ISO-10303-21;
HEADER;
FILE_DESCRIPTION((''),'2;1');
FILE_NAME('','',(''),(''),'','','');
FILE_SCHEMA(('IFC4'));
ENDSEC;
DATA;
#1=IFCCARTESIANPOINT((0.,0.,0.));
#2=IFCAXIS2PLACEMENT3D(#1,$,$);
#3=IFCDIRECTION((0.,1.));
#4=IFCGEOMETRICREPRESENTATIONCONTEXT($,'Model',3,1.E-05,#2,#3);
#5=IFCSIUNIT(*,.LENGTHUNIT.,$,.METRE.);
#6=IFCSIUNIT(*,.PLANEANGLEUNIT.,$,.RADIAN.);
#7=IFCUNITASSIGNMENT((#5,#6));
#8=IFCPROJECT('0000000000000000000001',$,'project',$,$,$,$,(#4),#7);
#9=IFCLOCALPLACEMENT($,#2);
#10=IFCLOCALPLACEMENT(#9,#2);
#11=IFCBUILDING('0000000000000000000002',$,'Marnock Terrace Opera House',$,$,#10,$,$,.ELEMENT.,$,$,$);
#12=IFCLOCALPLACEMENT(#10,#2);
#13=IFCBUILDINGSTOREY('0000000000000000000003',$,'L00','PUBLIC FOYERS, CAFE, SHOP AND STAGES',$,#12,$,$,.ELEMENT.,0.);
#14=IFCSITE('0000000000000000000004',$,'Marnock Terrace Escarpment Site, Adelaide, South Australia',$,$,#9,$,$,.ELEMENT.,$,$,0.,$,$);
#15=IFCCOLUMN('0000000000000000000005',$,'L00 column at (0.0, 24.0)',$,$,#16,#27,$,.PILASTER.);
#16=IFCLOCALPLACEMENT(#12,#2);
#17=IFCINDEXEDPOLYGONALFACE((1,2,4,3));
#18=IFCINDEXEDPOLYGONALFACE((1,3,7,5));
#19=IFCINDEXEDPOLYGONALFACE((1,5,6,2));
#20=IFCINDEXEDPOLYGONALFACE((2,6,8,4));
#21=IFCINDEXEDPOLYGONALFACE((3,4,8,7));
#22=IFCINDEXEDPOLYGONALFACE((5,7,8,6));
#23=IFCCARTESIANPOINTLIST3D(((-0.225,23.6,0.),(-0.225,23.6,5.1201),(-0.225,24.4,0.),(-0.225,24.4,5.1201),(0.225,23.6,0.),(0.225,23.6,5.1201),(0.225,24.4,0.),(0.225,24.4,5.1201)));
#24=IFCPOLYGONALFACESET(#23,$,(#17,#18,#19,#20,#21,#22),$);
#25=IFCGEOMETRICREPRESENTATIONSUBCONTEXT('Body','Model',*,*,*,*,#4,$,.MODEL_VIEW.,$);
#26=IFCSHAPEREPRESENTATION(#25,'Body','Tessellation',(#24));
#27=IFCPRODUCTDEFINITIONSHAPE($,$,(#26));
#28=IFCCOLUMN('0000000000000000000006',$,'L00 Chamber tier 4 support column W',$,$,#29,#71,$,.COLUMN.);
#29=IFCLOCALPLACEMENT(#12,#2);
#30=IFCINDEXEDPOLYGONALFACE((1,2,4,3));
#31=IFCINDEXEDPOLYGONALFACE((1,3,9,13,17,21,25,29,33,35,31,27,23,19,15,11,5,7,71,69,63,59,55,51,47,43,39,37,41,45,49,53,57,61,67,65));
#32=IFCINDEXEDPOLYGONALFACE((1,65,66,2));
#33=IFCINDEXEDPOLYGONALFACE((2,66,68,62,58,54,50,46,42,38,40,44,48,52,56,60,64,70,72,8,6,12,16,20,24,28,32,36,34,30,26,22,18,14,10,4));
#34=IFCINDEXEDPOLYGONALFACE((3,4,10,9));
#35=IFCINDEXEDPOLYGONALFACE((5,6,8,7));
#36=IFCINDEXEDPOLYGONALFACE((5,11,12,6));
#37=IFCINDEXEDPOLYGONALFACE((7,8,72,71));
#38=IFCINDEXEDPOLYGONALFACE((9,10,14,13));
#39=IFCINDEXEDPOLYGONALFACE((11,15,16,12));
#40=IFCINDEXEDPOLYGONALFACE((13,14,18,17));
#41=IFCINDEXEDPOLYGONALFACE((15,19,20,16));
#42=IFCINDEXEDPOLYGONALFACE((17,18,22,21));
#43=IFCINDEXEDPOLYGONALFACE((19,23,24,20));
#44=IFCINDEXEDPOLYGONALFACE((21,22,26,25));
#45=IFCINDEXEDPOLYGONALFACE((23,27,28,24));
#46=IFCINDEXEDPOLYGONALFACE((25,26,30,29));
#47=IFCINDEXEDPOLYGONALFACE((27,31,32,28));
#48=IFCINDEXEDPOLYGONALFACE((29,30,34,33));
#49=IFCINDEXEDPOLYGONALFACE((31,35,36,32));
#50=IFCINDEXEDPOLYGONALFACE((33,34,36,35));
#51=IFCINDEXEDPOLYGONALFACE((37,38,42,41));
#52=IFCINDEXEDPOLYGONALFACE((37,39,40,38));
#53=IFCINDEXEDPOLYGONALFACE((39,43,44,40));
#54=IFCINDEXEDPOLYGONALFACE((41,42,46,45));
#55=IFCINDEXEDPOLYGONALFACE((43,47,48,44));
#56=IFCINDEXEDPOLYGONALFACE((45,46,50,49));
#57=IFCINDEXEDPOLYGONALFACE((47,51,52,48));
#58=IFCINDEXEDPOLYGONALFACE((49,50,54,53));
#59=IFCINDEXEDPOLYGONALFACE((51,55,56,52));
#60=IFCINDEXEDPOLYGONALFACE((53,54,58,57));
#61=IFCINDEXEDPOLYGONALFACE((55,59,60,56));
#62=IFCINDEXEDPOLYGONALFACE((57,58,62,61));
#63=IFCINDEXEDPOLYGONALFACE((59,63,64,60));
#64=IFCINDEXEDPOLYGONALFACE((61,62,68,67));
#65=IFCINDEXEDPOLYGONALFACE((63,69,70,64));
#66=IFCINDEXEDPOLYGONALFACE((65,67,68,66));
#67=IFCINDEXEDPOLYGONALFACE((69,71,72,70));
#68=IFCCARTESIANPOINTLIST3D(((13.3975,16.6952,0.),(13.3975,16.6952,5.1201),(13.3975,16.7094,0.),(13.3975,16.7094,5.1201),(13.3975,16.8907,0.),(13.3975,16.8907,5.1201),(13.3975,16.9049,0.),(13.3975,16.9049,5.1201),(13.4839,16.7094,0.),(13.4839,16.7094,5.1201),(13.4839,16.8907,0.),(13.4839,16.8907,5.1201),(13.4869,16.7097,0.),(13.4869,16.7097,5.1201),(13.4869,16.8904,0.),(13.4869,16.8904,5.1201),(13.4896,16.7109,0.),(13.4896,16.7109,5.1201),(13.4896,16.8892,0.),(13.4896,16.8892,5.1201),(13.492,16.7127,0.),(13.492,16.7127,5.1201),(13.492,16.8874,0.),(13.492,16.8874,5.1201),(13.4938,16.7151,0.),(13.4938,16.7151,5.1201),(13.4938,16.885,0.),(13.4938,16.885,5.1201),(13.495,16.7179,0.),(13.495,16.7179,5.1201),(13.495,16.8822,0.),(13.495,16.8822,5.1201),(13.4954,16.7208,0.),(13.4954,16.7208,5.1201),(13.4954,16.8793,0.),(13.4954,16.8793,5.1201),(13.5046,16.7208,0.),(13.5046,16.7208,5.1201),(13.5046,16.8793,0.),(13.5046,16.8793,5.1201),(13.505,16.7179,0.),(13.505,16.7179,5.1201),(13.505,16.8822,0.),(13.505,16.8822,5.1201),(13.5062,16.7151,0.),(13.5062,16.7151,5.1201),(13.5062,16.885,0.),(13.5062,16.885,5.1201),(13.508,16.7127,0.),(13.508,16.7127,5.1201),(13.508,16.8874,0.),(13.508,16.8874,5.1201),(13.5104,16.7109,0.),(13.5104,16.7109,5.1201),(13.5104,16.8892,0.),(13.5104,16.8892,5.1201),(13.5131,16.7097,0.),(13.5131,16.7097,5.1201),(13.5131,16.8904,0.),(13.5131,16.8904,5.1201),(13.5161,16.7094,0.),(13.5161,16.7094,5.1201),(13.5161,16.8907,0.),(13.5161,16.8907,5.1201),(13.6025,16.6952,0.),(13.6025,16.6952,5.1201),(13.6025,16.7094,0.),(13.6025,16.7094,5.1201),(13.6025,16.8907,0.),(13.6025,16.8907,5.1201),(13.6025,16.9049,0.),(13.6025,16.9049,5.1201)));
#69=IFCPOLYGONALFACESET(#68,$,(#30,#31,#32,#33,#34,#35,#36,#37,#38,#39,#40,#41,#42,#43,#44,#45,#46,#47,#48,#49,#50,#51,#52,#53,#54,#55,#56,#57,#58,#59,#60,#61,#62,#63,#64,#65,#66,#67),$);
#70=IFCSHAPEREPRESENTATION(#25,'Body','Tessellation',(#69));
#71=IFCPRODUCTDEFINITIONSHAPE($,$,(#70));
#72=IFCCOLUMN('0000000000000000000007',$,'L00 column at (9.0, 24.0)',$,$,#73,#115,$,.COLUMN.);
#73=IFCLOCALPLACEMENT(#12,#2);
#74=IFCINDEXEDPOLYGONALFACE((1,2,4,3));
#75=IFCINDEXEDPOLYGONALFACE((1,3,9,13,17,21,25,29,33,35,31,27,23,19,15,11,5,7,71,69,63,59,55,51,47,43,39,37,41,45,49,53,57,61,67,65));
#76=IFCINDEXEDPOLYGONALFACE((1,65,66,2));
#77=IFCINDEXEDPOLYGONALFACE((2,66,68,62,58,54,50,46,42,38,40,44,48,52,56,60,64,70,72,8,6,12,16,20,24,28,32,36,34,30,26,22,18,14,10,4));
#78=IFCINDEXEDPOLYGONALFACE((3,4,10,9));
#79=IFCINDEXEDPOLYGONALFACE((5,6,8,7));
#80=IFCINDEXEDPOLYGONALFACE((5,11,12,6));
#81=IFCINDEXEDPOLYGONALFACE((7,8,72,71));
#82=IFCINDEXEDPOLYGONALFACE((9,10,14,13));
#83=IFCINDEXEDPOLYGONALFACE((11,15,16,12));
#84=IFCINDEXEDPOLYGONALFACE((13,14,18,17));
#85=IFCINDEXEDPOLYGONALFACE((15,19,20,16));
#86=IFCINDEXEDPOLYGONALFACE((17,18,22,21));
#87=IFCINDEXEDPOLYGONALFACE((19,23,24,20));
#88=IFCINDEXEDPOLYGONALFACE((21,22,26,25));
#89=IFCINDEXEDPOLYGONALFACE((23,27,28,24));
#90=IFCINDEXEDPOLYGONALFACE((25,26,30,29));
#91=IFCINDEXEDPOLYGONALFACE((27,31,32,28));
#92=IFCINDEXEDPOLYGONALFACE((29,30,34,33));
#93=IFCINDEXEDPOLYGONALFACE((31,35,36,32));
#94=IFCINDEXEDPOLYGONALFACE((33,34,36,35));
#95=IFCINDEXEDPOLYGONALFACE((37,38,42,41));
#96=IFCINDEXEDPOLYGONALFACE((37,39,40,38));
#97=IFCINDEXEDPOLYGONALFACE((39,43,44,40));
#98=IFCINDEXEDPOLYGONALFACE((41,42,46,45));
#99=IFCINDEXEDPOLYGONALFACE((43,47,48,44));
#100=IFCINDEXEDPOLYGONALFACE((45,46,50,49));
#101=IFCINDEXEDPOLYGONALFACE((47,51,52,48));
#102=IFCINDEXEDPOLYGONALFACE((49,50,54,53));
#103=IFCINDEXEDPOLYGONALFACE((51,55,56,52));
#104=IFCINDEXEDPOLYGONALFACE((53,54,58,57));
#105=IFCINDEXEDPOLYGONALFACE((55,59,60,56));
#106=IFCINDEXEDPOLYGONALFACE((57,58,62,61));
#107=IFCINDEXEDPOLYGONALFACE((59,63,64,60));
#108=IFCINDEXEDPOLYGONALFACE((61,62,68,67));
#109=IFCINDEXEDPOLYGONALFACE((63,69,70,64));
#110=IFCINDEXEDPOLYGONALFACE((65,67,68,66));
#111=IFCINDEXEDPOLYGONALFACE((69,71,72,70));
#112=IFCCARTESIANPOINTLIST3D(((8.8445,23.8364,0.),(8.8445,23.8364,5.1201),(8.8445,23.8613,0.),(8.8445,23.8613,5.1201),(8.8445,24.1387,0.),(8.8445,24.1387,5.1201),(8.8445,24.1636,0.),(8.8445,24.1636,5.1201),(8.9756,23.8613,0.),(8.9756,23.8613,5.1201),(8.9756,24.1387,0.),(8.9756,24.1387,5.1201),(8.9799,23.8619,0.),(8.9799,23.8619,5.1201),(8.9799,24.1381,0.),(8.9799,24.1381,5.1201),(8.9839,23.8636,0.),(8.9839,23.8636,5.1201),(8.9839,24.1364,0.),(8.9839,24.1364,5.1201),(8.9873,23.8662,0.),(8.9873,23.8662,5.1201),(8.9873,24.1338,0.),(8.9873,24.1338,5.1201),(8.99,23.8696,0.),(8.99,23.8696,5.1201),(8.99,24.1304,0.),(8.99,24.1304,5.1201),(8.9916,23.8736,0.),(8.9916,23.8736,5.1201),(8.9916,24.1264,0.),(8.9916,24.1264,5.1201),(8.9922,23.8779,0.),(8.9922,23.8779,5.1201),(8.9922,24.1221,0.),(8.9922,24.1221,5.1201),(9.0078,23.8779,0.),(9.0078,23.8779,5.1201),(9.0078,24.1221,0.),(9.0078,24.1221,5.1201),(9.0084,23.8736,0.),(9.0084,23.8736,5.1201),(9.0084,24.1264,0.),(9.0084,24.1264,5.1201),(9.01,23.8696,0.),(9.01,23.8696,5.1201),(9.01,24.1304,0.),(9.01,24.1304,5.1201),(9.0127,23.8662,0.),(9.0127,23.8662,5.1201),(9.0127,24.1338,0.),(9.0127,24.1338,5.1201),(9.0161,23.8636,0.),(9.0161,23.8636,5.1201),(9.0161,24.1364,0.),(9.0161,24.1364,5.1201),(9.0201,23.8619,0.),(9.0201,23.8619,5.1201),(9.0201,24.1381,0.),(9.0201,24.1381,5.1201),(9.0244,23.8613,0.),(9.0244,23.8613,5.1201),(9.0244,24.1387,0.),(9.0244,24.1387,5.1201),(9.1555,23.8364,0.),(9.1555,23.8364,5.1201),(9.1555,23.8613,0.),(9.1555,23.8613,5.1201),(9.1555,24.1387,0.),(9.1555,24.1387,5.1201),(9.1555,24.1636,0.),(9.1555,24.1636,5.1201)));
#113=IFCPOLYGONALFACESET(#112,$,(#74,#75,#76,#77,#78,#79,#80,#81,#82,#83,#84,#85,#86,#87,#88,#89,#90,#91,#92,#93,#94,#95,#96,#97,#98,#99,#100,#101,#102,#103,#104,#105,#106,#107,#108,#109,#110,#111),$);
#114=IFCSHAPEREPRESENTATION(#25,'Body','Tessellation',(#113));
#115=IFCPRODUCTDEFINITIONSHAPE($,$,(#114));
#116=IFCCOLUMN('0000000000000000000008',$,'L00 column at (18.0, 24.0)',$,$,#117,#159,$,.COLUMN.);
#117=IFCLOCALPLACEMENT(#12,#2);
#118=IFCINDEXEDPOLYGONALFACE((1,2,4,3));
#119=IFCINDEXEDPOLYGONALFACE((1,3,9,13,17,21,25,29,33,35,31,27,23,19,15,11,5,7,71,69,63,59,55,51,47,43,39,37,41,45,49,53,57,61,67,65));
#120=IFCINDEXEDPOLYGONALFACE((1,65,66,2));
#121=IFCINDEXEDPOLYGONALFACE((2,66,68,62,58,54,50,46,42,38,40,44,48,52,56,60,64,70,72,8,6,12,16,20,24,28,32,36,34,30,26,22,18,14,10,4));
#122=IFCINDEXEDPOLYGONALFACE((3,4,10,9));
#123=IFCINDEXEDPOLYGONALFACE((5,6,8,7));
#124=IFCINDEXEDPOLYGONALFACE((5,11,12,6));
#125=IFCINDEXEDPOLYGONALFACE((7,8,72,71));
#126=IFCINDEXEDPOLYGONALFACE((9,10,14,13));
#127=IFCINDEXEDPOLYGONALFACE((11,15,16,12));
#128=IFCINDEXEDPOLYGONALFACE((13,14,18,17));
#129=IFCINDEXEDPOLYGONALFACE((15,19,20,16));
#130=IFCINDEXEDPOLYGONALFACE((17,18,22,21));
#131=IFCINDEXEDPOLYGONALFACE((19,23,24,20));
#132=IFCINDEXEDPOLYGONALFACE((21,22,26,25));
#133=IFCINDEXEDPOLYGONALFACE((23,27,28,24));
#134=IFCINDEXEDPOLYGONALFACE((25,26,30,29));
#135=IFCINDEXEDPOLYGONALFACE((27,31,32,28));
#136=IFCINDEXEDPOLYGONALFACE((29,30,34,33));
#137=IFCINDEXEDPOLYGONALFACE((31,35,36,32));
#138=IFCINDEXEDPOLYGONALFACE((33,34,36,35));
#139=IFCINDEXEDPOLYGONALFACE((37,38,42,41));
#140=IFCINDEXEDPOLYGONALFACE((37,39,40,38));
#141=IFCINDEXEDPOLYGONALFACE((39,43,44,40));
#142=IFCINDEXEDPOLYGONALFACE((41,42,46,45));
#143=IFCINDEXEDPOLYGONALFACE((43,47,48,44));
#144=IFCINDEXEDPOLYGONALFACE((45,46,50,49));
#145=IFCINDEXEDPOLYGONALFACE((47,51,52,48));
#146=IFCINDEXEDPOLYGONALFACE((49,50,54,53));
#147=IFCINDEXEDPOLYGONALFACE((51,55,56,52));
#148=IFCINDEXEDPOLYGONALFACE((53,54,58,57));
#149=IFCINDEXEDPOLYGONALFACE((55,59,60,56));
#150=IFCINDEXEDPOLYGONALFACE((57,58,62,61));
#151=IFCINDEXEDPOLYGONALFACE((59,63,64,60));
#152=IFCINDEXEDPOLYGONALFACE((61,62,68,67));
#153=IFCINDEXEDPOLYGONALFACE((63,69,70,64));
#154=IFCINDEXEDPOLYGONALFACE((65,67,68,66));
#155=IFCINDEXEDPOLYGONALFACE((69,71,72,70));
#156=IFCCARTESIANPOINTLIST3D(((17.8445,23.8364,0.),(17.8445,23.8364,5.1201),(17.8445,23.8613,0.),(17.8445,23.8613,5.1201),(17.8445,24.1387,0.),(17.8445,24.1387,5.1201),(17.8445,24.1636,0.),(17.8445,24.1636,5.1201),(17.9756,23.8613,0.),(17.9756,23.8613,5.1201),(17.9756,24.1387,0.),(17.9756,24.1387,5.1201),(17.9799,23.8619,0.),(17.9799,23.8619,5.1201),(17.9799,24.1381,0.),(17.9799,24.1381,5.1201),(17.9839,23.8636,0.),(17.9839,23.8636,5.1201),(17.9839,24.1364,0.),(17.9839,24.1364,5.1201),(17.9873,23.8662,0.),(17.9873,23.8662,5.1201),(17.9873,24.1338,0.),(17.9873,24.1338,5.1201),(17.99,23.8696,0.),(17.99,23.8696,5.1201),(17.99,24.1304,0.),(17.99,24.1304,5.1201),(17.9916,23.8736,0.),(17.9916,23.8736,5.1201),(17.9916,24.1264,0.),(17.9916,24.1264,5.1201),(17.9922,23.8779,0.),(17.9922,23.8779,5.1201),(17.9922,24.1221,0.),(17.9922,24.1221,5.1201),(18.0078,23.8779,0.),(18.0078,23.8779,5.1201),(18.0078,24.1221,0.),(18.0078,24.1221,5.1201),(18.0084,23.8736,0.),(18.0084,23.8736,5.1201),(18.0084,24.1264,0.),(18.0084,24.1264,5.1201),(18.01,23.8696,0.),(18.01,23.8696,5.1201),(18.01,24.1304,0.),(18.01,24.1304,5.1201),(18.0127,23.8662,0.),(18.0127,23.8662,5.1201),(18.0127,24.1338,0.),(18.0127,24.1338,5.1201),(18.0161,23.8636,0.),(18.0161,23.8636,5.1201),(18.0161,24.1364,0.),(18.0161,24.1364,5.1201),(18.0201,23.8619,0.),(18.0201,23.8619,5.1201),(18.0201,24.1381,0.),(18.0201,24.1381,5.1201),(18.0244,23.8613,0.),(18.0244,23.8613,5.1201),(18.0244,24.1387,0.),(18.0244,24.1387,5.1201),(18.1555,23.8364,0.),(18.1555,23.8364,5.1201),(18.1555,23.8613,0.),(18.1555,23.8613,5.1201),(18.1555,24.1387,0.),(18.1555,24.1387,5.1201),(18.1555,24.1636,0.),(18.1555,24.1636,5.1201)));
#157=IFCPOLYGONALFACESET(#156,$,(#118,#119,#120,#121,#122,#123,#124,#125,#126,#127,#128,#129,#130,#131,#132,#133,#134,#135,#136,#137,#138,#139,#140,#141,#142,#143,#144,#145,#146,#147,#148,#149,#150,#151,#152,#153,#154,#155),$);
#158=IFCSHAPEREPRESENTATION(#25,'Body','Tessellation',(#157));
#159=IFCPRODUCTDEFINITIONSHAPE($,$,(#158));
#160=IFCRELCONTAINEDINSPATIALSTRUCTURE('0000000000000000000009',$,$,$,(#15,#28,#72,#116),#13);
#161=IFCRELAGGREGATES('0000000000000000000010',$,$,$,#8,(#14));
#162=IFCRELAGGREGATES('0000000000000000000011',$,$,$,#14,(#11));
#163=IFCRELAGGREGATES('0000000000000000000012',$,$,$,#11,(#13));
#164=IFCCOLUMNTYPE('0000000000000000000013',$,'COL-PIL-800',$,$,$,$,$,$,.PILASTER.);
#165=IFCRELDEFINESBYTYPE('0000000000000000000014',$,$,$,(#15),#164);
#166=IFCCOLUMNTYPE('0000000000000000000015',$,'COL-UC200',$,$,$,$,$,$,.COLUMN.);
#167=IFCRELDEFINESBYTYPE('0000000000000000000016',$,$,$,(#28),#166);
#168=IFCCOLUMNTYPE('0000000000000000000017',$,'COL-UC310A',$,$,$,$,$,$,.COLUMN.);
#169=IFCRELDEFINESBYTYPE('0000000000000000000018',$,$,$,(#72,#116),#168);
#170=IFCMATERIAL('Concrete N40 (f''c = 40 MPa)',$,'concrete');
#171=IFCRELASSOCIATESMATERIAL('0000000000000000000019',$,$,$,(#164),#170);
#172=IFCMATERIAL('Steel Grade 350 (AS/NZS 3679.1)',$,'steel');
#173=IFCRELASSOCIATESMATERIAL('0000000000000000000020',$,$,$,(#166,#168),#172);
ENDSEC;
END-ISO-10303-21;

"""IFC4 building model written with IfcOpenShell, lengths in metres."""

from ifc_helpers import new_model, si_unit, direction, frame, origin, origin_2d, place, context, subcontext, project, spatial, rectangle, i_section, extrude, material, material_profile, profile_set, type_object, element, save


model = new_model("IFC4")

# Units and contexts
model_context = context("Model", 3, precision=1e-05, world=origin(), true_north=direction((0.0, 1.0)))
body_context = subcontext(model_context, "Body", "Model", "MODEL_VIEW")
ifc_project = project(units=[si_unit("LENGTHUNIT", "METRE"), si_unit("PLANEANGLEUNIT", "RADIAN")], contexts=[model_context])

# Site, building, storey
site_placement = place(None, origin())
site = spatial("IfcSite", under=ifc_project, at=site_placement, Name="Marnock Terrace Escarpment Site, Adelaide, South Australia", CompositionType="ELEMENT", RefElevation=0.0)
building_placement = place(site_placement, origin())
building = spatial("IfcBuilding", under=site, at=building_placement, Name="Marnock Terrace Opera House", CompositionType="ELEMENT")
storey_placement = place(building_placement, origin())
storey = spatial("IfcBuildingStorey", under=building, at=storey_placement, Name="L00", Description="PUBLIC FOYERS, CAFE, SHOP AND STAGES", CompositionType="ELEMENT", Elevation=0.0)

# Columns
ifc_material_1 = material(Name="Concrete N40 (f'c = 40 MPa)", Category="concrete")
ifc_material_profile_1 = material_profile(ifc_material_1, rectangle(XDim=0.45, YDim=0.8, at=origin_2d()))
ifc_profile_set_1 = profile_set([ifc_material_profile_1], Name="Concrete N40 (f'c = 40 MPa)")
column_type_1 = type_object("IfcColumnType", Name="COL-PIL-800", PredefinedType="PILASTER", material=ifc_profile_set_1)
column_1_placement = place(storey_placement, frame((0.0, 24.0, 0.0), z_axis=(0.0, 0.0, 1.0), x_axis=(1.0, 0.0, 0.0)))
element("IfcColumn", 1, at=column_1_placement, inside=storey, type_object=column_type_1, Name="L00 column at (0.0, 24.0)", PredefinedType="PILASTER", context=body_context, shape_type="SweptSolid", body=[
    extrude(rectangle(XDim=0.45, YDim=0.8, at=origin_2d()), origin(), (0.0, 0.0, 1.0), 5.1201),
])
ifc_material_2 = material(Name="Steel Grade 350 (AS/NZS 3679.1)", Category="steel")
ifc_material_profile_2 = material_profile(ifc_material_2, i_section(OverallWidth=0.2051, OverallDepth=0.2097, WebThickness=0.0093, FlangeThickness=0.0142, FilletRadius=0.0115, at=origin_2d()))
ifc_profile_set_2 = profile_set([ifc_material_profile_2], Name="Steel Grade 350 (AS/NZS 3679.1)")
column_type_2 = type_object("IfcColumnType", Name="COL-UC200", PredefinedType="COLUMN", material=ifc_profile_set_2)
column_2_placement = place(storey_placement, frame((13.5, 16.8, 0.0), z_axis=(0.0, 0.0, 1.0), x_axis=(1.0, 0.0, 0.0)))
element("IfcColumn", 2, at=column_2_placement, inside=storey, type_object=column_type_2, Name="L00 Chamber tier 4 support column W", PredefinedType="COLUMN", context=body_context, shape_type="SweptSolid", body=[
    extrude(i_section(OverallWidth=0.2051, OverallDepth=0.2097, WebThickness=0.0093, FlangeThickness=0.0142, FilletRadius=0.0115, at=origin_2d()), origin(), (0.0, 0.0, 1.0), 5.1201),
])
ifc_material_profile_3 = material_profile(ifc_material_2, i_section(OverallWidth=0.311, OverallDepth=0.3271, WebThickness=0.0156, FlangeThickness=0.0249, FilletRadius=0.0166, at=origin_2d()))
ifc_profile_set_3 = profile_set([ifc_material_profile_3], Name="Steel Grade 350 (AS/NZS 3679.1)")
column_type_3 = type_object("IfcColumnType", Name="COL-UC310A", PredefinedType="COLUMN", material=ifc_profile_set_3)
for number, where, z_axis, x_axis, name in (
    (3, (9.0, 24.0, 0.0), (0.0, 0.0, 1.0), (1.0, 0.0, 0.0), "L00 column at (9.0, 24.0)"),
    (4, (18.0, 24.0, 0.0), (0.0, 0.0, 1.0), (1.0, 0.0, 0.0), "L00 column at (18.0, 24.0)"),
):
    element("IfcColumn", number, at=place(storey_placement, frame(where, z_axis=z_axis, x_axis=x_axis)), inside=storey, type_object=column_type_3, Name=name, PredefinedType="COLUMN", context=body_context, shape_type="SweptSolid", body=[
        extrude(i_section(OverallWidth=0.311, OverallDepth=0.3271, WebThickness=0.0156, FlangeThickness=0.0249, FilletRadius=0.0166, at=origin_2d()), origin(), (0.0, 0.0, 1.0), 5.1201),
    ])

save(model, "model.ifc")
